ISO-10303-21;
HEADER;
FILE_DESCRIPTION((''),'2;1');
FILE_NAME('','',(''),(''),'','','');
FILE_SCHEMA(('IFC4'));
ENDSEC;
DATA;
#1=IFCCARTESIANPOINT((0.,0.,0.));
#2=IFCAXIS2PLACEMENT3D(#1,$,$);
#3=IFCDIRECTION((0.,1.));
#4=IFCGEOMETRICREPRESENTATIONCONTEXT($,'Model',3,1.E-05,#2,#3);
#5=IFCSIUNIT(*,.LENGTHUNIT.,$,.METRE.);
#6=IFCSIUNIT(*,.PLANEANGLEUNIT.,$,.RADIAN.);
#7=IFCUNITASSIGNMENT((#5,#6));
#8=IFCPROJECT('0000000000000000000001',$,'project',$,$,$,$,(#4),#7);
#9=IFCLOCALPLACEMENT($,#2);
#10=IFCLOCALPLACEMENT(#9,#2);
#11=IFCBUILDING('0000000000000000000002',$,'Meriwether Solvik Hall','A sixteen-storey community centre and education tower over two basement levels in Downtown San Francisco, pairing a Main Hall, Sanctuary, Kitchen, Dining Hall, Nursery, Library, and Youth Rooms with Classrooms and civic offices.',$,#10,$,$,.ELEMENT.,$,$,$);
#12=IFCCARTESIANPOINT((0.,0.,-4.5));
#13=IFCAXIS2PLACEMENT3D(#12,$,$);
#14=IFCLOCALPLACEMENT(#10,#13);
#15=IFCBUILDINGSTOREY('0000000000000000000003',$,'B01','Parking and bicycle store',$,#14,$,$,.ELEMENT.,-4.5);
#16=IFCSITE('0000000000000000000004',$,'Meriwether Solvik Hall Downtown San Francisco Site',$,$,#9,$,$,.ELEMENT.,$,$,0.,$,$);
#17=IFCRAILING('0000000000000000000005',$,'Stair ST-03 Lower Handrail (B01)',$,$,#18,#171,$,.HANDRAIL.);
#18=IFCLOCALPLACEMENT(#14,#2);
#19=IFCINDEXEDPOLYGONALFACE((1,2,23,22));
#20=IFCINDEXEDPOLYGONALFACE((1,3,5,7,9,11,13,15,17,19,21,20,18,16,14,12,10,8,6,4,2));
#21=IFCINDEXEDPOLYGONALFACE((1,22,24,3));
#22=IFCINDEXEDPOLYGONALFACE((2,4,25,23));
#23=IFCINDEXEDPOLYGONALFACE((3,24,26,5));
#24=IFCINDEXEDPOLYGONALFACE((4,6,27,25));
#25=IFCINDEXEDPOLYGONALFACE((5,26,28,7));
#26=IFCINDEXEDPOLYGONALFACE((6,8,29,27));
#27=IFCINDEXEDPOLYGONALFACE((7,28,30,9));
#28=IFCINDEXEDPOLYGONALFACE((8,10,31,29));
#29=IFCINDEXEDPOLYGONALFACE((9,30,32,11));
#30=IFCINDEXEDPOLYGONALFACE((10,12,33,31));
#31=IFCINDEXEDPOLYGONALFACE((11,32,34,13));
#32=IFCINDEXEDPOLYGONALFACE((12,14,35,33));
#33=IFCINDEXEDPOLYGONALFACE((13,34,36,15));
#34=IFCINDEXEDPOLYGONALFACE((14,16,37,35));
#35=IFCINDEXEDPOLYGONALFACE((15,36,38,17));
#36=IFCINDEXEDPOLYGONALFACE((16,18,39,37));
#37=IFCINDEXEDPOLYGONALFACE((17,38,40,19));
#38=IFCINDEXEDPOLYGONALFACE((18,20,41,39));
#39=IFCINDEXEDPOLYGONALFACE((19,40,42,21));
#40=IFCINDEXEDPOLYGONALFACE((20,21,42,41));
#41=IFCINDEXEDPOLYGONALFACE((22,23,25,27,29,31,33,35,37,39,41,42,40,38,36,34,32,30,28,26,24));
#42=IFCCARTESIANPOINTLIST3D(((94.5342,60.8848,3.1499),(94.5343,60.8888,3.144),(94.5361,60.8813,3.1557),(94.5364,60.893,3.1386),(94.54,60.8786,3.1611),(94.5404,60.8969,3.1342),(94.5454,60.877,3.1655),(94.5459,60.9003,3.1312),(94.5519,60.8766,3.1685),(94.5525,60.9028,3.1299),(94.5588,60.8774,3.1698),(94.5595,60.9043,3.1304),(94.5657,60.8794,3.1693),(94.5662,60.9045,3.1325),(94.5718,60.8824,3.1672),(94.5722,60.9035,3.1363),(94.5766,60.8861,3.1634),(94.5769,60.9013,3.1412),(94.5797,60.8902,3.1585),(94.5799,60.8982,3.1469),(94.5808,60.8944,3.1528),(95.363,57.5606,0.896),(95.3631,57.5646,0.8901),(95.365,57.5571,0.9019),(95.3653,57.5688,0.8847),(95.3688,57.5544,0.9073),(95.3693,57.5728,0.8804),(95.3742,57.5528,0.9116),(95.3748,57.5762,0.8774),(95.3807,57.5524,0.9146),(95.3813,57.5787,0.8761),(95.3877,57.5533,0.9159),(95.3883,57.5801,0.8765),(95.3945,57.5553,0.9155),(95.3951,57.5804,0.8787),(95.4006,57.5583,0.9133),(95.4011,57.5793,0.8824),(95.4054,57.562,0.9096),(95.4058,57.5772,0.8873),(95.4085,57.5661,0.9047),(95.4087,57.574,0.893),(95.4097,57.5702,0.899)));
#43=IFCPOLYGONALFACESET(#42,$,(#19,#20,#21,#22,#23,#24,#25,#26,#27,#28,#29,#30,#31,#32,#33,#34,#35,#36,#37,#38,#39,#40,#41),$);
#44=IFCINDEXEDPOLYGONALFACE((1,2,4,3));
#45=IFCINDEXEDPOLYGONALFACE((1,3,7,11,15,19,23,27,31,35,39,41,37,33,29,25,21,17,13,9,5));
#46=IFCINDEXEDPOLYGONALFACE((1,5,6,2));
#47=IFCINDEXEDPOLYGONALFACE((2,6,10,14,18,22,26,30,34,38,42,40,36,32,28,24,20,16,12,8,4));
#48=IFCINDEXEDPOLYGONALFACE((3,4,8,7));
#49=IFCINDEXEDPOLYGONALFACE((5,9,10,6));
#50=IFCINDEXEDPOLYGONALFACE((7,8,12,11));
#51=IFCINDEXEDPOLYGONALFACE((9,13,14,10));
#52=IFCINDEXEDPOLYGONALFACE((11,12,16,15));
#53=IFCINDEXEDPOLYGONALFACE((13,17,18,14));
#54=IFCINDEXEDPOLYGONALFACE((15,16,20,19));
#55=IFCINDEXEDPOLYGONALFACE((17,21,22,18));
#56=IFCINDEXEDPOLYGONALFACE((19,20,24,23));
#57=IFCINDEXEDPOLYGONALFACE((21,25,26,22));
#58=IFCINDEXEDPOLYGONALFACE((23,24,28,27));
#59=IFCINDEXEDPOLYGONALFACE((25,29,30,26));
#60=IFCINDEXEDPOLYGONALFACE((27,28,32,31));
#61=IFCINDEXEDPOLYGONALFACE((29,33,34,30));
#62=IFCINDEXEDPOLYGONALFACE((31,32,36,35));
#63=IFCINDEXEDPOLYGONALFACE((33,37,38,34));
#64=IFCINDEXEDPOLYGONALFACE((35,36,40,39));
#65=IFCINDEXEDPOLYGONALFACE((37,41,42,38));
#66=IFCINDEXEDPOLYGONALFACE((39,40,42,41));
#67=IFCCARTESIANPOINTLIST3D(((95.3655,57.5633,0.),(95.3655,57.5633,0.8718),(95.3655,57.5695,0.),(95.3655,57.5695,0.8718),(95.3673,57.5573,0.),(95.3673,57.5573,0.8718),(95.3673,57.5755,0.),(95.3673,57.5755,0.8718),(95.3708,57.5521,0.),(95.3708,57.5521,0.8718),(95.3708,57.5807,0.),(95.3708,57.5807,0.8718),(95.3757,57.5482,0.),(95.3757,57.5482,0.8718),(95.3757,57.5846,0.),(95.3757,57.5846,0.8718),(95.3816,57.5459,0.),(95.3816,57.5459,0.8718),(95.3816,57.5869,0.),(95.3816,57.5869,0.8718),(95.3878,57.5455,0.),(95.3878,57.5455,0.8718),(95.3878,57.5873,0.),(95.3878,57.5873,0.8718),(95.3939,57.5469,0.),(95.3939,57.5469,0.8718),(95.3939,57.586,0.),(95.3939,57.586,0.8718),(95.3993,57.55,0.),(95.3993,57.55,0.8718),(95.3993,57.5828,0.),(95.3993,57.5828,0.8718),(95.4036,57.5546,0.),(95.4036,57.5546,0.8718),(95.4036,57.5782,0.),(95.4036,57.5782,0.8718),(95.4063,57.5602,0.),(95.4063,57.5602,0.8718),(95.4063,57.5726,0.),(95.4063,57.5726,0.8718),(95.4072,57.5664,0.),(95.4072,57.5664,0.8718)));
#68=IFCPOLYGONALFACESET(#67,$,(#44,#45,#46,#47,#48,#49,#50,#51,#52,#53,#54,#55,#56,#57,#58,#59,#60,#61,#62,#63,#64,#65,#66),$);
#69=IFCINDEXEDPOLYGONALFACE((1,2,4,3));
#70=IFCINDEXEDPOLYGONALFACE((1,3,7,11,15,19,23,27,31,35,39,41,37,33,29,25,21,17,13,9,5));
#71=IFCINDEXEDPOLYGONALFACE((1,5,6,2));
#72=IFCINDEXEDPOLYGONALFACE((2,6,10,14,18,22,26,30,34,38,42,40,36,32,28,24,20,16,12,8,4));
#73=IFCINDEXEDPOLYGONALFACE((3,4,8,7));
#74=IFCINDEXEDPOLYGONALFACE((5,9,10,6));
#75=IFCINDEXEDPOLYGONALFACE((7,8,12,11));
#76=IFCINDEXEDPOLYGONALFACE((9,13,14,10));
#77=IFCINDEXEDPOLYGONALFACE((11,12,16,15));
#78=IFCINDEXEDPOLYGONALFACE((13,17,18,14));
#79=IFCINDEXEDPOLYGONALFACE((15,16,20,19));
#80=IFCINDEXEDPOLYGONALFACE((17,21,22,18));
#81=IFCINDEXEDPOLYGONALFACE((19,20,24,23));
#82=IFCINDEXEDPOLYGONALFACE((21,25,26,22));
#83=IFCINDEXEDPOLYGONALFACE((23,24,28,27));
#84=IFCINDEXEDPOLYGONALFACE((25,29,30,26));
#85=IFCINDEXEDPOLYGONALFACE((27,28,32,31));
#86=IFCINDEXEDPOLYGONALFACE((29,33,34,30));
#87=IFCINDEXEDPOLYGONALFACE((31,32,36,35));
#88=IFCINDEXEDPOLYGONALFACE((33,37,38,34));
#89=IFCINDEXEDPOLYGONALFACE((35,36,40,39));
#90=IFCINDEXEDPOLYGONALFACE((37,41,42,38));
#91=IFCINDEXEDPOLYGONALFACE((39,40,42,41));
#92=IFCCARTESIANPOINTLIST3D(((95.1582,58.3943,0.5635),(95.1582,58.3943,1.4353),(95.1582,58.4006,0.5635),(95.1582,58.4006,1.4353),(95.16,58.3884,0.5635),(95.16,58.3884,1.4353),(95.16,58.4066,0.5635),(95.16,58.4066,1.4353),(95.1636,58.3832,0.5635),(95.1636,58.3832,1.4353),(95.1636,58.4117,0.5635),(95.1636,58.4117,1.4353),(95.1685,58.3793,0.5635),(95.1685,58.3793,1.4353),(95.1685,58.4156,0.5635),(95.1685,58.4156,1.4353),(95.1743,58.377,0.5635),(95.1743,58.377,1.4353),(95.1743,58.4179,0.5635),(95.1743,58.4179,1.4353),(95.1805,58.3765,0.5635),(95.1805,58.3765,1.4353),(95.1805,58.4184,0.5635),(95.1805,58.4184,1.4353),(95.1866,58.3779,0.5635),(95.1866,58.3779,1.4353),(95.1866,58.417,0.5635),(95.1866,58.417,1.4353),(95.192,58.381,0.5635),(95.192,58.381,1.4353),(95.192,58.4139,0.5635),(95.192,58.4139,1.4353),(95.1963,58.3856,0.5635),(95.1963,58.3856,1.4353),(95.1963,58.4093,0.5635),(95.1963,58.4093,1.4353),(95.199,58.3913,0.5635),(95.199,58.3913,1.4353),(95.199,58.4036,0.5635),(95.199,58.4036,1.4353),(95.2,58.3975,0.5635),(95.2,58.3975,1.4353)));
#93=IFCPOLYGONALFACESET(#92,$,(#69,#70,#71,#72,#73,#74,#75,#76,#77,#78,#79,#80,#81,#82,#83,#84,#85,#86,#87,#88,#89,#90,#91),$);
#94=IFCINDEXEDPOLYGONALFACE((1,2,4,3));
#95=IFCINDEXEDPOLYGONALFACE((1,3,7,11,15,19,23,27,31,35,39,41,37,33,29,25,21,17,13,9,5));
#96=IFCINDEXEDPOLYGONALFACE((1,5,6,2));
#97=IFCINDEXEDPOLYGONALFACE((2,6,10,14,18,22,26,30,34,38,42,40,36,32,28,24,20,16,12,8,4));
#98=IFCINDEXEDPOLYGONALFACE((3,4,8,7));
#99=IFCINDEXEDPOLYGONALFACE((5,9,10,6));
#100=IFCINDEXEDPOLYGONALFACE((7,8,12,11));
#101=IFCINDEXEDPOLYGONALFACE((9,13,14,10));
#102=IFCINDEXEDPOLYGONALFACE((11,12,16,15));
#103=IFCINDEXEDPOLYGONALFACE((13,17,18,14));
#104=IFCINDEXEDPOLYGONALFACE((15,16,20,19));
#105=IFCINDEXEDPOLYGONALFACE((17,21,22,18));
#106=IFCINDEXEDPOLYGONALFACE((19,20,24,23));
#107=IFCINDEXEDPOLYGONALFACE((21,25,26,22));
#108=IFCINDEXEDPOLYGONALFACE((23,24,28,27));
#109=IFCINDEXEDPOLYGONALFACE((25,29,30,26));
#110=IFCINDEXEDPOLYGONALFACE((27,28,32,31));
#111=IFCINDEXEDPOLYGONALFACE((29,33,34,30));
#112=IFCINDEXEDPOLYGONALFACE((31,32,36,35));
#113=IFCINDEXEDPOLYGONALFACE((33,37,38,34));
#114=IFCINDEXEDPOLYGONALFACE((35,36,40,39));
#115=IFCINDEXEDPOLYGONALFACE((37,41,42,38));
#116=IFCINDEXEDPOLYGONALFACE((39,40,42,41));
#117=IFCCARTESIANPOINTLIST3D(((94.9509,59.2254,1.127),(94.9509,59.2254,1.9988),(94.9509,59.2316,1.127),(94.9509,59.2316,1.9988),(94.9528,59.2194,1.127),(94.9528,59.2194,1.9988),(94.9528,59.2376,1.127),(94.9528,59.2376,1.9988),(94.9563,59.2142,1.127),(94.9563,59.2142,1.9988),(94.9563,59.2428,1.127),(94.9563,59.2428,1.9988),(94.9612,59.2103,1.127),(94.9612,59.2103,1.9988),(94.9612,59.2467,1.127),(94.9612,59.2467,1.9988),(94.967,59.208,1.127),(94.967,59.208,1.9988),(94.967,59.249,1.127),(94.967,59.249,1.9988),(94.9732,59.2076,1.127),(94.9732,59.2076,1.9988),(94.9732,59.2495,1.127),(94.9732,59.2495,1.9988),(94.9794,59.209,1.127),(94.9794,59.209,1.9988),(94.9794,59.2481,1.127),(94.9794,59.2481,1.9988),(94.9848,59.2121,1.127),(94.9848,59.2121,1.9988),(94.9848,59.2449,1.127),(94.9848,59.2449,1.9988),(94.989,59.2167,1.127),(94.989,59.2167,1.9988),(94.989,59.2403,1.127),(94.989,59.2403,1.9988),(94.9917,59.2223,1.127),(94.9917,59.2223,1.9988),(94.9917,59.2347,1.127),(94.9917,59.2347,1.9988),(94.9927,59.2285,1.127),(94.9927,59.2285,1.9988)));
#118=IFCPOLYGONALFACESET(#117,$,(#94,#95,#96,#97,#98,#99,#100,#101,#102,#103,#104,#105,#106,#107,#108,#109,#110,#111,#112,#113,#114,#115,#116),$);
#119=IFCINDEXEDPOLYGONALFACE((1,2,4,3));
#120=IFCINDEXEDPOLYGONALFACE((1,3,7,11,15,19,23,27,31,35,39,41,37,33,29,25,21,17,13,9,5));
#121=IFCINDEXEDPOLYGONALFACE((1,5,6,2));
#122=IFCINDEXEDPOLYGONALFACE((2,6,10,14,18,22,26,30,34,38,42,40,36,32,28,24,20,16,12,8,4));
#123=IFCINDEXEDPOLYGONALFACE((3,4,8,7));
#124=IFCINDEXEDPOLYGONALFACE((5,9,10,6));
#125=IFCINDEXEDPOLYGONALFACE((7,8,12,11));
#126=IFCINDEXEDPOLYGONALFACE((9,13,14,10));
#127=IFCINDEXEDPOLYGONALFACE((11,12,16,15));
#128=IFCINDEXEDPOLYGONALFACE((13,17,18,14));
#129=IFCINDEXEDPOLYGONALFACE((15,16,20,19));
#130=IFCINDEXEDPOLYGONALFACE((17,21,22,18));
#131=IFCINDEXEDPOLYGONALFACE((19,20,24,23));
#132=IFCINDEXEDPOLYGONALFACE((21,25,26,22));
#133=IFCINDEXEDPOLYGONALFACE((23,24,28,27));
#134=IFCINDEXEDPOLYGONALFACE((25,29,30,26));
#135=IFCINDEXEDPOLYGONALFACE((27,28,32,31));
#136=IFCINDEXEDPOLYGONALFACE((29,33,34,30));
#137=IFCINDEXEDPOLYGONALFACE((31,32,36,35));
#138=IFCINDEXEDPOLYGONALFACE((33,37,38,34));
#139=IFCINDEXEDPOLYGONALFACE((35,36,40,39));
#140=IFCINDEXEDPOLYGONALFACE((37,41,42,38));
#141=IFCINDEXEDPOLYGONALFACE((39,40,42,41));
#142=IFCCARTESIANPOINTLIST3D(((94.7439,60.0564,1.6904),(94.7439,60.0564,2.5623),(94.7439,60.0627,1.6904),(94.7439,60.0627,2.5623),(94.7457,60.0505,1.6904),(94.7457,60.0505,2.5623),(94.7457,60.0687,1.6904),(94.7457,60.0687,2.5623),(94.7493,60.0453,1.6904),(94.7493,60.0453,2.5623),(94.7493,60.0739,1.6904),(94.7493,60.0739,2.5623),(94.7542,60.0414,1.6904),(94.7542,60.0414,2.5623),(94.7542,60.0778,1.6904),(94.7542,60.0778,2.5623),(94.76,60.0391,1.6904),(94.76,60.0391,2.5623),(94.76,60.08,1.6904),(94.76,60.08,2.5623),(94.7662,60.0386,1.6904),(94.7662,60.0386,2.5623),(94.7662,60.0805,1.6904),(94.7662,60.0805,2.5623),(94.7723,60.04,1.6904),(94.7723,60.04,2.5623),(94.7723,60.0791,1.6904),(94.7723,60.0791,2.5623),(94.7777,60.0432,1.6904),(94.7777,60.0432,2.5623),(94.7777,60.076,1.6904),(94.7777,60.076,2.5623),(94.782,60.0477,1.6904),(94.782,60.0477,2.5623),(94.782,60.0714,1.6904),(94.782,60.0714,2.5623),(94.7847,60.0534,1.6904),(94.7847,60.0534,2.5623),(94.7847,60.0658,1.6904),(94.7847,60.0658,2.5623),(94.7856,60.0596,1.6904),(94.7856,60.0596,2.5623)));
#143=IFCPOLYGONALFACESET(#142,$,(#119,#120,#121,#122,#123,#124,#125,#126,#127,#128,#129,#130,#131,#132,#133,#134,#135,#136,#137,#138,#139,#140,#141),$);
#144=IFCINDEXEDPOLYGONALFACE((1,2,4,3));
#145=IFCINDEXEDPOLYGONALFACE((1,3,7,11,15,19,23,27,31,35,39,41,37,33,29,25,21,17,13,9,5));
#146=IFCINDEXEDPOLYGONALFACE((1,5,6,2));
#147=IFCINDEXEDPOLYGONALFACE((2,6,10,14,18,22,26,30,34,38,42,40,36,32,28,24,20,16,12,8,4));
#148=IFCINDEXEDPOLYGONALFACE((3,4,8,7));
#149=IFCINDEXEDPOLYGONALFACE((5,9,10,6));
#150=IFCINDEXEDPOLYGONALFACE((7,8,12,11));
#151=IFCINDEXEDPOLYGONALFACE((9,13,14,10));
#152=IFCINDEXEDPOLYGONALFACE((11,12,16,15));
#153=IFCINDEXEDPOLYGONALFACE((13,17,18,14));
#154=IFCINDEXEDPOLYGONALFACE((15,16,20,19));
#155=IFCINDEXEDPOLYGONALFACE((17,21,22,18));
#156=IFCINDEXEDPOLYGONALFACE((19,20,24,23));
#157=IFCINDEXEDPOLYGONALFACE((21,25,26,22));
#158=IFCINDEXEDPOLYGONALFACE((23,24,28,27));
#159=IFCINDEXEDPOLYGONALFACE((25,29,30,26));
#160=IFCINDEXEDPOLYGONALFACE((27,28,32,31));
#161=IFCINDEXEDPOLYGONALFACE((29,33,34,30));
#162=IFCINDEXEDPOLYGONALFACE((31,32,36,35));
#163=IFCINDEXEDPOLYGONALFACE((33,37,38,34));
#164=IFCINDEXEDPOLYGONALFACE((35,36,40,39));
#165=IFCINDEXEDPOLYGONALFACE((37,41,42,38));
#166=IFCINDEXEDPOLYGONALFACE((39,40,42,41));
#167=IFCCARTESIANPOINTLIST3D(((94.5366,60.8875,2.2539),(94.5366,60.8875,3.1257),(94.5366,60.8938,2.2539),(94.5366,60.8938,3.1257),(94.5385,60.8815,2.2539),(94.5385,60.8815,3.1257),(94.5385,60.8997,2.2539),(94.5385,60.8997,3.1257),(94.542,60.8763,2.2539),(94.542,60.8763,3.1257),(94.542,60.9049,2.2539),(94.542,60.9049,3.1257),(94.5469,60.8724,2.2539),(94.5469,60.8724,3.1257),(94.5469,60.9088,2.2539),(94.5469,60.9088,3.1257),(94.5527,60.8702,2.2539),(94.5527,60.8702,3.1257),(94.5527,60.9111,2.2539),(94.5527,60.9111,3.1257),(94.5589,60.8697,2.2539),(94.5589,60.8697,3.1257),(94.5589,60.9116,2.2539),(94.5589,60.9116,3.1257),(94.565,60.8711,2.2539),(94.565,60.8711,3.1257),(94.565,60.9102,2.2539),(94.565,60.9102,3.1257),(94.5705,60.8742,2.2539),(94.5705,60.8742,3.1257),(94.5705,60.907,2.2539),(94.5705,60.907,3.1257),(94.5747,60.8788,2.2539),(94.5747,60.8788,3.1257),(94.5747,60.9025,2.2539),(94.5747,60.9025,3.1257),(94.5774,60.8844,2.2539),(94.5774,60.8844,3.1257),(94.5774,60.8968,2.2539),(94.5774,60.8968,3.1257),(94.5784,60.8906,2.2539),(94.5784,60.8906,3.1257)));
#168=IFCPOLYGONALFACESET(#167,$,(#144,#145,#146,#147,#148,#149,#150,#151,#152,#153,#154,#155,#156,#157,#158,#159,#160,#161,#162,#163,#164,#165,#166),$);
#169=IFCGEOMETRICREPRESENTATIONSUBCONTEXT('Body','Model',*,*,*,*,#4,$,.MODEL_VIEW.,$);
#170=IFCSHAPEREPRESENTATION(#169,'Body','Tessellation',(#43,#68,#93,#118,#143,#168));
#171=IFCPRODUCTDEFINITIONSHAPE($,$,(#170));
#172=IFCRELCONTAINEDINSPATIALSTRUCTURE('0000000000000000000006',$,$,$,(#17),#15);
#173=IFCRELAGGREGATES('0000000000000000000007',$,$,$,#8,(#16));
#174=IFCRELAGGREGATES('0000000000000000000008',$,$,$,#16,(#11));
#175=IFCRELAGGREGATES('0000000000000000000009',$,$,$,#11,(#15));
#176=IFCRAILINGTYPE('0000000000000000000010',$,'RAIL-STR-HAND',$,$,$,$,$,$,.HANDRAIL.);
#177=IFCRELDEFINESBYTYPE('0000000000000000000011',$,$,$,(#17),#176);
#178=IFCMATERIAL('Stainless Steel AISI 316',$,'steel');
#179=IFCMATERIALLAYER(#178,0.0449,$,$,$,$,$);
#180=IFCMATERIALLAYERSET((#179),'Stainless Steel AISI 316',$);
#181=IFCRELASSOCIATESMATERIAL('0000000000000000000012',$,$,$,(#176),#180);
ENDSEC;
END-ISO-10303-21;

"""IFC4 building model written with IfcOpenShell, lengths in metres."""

from ifc_helpers import new_model, si_unit, direction, frame, origin, origin_2d, place, context, subcontext, project, spatial, circle, extrude, material, layer, layer_set, type_object, element, save


model = new_model("IFC4")

# Units and contexts
model_context = context("Model", 3, precision=1e-05, world=origin(), true_north=direction((0.0, 1.0)))
body_context = subcontext(model_context, "Body", "Model", "MODEL_VIEW")
ifc_project = project(units=[si_unit("LENGTHUNIT", "METRE"), si_unit("PLANEANGLEUNIT", "RADIAN")], contexts=[model_context])

# Site, building, storey
site_placement = place(None, origin())
site = spatial("IfcSite", under=ifc_project, at=site_placement, Name="Meriwether Solvik Hall Downtown San Francisco Site", CompositionType="ELEMENT", RefElevation=0.0)
building_placement = place(site_placement, origin())
building = spatial("IfcBuilding", under=site, at=building_placement, Name="Meriwether Solvik Hall", Description="A sixteen-storey community centre and education tower over two basement levels in Downtown San Francisco, pairing a Main Hall, Sanctuary, Kitchen, Dining Hall, Nursery, Library, and Youth Rooms with Classrooms and civic offices.", CompositionType="ELEMENT")
storey_placement = place(building_placement, frame((0.0, 0.0, -4.5)))
storey = spatial("IfcBuildingStorey", under=building, at=storey_placement, Name="B01", Description="Parking and bicycle store", CompositionType="ELEMENT", Elevation=-4.5)

# Railing
ifc_material_1 = material(Name="Stainless Steel AISI 316", Category="steel")
ifc_layer_1 = layer(ifc_material_1, 0.0449)
ifc_layer_set_1 = layer_set([ifc_layer_1], Name="Stainless Steel AISI 316")
railing_type_1 = type_object("IfcRailingType", Name="RAIL-STR-HAND", PredefinedType="HANDRAIL", material=ifc_layer_set_1)
for number, where, name in (
    (1, (95.3862, 57.5664, 0.0), "Stair ST-03 Lower Handrail (B01)"),
):
    element("IfcRailing", number, at=place(storey_placement, frame(where)), inside=storey, type_object=railing_type_1, Name=name, PredefinedType="HANDRAIL", context=body_context, shape_type="SweptSolid", body=[
        extrude(circle(Radius=0.0239, at=origin_2d()), frame((0.0, 0.0, 0.896), z_axis=(-0.202115, 0.810604, 0.54961), x_axis=(-0.970293, -0.241932, 0.0)), (0.0, 0.0, 1.0), 4.1008),
        extrude(circle(Radius=0.021, at=origin_2d()), origin(), (0.0, 0.0, 1.0), 0.8718),
        extrude(circle(Radius=0.021, at=origin_2d()), frame((-0.2073, 0.8311, 0.5635)), (0.0, 0.0, 1.0), 0.8718),
        extrude(circle(Radius=0.021, at=origin_2d()), frame((-0.4146, 1.6621, 1.127)), (0.0, 0.0, 1.0), 0.8718),
        extrude(circle(Radius=0.021, at=origin_2d()), frame((-0.6216, 2.4932, 1.6904)), (0.0, 0.0, 1.0), 0.8718),
        extrude(circle(Radius=0.021, at=origin_2d()), frame((-0.8289, 3.3242, 2.2539)), (0.0, 0.0, 1.0), 0.8718),
    ])

save(model, "model.ifc")
